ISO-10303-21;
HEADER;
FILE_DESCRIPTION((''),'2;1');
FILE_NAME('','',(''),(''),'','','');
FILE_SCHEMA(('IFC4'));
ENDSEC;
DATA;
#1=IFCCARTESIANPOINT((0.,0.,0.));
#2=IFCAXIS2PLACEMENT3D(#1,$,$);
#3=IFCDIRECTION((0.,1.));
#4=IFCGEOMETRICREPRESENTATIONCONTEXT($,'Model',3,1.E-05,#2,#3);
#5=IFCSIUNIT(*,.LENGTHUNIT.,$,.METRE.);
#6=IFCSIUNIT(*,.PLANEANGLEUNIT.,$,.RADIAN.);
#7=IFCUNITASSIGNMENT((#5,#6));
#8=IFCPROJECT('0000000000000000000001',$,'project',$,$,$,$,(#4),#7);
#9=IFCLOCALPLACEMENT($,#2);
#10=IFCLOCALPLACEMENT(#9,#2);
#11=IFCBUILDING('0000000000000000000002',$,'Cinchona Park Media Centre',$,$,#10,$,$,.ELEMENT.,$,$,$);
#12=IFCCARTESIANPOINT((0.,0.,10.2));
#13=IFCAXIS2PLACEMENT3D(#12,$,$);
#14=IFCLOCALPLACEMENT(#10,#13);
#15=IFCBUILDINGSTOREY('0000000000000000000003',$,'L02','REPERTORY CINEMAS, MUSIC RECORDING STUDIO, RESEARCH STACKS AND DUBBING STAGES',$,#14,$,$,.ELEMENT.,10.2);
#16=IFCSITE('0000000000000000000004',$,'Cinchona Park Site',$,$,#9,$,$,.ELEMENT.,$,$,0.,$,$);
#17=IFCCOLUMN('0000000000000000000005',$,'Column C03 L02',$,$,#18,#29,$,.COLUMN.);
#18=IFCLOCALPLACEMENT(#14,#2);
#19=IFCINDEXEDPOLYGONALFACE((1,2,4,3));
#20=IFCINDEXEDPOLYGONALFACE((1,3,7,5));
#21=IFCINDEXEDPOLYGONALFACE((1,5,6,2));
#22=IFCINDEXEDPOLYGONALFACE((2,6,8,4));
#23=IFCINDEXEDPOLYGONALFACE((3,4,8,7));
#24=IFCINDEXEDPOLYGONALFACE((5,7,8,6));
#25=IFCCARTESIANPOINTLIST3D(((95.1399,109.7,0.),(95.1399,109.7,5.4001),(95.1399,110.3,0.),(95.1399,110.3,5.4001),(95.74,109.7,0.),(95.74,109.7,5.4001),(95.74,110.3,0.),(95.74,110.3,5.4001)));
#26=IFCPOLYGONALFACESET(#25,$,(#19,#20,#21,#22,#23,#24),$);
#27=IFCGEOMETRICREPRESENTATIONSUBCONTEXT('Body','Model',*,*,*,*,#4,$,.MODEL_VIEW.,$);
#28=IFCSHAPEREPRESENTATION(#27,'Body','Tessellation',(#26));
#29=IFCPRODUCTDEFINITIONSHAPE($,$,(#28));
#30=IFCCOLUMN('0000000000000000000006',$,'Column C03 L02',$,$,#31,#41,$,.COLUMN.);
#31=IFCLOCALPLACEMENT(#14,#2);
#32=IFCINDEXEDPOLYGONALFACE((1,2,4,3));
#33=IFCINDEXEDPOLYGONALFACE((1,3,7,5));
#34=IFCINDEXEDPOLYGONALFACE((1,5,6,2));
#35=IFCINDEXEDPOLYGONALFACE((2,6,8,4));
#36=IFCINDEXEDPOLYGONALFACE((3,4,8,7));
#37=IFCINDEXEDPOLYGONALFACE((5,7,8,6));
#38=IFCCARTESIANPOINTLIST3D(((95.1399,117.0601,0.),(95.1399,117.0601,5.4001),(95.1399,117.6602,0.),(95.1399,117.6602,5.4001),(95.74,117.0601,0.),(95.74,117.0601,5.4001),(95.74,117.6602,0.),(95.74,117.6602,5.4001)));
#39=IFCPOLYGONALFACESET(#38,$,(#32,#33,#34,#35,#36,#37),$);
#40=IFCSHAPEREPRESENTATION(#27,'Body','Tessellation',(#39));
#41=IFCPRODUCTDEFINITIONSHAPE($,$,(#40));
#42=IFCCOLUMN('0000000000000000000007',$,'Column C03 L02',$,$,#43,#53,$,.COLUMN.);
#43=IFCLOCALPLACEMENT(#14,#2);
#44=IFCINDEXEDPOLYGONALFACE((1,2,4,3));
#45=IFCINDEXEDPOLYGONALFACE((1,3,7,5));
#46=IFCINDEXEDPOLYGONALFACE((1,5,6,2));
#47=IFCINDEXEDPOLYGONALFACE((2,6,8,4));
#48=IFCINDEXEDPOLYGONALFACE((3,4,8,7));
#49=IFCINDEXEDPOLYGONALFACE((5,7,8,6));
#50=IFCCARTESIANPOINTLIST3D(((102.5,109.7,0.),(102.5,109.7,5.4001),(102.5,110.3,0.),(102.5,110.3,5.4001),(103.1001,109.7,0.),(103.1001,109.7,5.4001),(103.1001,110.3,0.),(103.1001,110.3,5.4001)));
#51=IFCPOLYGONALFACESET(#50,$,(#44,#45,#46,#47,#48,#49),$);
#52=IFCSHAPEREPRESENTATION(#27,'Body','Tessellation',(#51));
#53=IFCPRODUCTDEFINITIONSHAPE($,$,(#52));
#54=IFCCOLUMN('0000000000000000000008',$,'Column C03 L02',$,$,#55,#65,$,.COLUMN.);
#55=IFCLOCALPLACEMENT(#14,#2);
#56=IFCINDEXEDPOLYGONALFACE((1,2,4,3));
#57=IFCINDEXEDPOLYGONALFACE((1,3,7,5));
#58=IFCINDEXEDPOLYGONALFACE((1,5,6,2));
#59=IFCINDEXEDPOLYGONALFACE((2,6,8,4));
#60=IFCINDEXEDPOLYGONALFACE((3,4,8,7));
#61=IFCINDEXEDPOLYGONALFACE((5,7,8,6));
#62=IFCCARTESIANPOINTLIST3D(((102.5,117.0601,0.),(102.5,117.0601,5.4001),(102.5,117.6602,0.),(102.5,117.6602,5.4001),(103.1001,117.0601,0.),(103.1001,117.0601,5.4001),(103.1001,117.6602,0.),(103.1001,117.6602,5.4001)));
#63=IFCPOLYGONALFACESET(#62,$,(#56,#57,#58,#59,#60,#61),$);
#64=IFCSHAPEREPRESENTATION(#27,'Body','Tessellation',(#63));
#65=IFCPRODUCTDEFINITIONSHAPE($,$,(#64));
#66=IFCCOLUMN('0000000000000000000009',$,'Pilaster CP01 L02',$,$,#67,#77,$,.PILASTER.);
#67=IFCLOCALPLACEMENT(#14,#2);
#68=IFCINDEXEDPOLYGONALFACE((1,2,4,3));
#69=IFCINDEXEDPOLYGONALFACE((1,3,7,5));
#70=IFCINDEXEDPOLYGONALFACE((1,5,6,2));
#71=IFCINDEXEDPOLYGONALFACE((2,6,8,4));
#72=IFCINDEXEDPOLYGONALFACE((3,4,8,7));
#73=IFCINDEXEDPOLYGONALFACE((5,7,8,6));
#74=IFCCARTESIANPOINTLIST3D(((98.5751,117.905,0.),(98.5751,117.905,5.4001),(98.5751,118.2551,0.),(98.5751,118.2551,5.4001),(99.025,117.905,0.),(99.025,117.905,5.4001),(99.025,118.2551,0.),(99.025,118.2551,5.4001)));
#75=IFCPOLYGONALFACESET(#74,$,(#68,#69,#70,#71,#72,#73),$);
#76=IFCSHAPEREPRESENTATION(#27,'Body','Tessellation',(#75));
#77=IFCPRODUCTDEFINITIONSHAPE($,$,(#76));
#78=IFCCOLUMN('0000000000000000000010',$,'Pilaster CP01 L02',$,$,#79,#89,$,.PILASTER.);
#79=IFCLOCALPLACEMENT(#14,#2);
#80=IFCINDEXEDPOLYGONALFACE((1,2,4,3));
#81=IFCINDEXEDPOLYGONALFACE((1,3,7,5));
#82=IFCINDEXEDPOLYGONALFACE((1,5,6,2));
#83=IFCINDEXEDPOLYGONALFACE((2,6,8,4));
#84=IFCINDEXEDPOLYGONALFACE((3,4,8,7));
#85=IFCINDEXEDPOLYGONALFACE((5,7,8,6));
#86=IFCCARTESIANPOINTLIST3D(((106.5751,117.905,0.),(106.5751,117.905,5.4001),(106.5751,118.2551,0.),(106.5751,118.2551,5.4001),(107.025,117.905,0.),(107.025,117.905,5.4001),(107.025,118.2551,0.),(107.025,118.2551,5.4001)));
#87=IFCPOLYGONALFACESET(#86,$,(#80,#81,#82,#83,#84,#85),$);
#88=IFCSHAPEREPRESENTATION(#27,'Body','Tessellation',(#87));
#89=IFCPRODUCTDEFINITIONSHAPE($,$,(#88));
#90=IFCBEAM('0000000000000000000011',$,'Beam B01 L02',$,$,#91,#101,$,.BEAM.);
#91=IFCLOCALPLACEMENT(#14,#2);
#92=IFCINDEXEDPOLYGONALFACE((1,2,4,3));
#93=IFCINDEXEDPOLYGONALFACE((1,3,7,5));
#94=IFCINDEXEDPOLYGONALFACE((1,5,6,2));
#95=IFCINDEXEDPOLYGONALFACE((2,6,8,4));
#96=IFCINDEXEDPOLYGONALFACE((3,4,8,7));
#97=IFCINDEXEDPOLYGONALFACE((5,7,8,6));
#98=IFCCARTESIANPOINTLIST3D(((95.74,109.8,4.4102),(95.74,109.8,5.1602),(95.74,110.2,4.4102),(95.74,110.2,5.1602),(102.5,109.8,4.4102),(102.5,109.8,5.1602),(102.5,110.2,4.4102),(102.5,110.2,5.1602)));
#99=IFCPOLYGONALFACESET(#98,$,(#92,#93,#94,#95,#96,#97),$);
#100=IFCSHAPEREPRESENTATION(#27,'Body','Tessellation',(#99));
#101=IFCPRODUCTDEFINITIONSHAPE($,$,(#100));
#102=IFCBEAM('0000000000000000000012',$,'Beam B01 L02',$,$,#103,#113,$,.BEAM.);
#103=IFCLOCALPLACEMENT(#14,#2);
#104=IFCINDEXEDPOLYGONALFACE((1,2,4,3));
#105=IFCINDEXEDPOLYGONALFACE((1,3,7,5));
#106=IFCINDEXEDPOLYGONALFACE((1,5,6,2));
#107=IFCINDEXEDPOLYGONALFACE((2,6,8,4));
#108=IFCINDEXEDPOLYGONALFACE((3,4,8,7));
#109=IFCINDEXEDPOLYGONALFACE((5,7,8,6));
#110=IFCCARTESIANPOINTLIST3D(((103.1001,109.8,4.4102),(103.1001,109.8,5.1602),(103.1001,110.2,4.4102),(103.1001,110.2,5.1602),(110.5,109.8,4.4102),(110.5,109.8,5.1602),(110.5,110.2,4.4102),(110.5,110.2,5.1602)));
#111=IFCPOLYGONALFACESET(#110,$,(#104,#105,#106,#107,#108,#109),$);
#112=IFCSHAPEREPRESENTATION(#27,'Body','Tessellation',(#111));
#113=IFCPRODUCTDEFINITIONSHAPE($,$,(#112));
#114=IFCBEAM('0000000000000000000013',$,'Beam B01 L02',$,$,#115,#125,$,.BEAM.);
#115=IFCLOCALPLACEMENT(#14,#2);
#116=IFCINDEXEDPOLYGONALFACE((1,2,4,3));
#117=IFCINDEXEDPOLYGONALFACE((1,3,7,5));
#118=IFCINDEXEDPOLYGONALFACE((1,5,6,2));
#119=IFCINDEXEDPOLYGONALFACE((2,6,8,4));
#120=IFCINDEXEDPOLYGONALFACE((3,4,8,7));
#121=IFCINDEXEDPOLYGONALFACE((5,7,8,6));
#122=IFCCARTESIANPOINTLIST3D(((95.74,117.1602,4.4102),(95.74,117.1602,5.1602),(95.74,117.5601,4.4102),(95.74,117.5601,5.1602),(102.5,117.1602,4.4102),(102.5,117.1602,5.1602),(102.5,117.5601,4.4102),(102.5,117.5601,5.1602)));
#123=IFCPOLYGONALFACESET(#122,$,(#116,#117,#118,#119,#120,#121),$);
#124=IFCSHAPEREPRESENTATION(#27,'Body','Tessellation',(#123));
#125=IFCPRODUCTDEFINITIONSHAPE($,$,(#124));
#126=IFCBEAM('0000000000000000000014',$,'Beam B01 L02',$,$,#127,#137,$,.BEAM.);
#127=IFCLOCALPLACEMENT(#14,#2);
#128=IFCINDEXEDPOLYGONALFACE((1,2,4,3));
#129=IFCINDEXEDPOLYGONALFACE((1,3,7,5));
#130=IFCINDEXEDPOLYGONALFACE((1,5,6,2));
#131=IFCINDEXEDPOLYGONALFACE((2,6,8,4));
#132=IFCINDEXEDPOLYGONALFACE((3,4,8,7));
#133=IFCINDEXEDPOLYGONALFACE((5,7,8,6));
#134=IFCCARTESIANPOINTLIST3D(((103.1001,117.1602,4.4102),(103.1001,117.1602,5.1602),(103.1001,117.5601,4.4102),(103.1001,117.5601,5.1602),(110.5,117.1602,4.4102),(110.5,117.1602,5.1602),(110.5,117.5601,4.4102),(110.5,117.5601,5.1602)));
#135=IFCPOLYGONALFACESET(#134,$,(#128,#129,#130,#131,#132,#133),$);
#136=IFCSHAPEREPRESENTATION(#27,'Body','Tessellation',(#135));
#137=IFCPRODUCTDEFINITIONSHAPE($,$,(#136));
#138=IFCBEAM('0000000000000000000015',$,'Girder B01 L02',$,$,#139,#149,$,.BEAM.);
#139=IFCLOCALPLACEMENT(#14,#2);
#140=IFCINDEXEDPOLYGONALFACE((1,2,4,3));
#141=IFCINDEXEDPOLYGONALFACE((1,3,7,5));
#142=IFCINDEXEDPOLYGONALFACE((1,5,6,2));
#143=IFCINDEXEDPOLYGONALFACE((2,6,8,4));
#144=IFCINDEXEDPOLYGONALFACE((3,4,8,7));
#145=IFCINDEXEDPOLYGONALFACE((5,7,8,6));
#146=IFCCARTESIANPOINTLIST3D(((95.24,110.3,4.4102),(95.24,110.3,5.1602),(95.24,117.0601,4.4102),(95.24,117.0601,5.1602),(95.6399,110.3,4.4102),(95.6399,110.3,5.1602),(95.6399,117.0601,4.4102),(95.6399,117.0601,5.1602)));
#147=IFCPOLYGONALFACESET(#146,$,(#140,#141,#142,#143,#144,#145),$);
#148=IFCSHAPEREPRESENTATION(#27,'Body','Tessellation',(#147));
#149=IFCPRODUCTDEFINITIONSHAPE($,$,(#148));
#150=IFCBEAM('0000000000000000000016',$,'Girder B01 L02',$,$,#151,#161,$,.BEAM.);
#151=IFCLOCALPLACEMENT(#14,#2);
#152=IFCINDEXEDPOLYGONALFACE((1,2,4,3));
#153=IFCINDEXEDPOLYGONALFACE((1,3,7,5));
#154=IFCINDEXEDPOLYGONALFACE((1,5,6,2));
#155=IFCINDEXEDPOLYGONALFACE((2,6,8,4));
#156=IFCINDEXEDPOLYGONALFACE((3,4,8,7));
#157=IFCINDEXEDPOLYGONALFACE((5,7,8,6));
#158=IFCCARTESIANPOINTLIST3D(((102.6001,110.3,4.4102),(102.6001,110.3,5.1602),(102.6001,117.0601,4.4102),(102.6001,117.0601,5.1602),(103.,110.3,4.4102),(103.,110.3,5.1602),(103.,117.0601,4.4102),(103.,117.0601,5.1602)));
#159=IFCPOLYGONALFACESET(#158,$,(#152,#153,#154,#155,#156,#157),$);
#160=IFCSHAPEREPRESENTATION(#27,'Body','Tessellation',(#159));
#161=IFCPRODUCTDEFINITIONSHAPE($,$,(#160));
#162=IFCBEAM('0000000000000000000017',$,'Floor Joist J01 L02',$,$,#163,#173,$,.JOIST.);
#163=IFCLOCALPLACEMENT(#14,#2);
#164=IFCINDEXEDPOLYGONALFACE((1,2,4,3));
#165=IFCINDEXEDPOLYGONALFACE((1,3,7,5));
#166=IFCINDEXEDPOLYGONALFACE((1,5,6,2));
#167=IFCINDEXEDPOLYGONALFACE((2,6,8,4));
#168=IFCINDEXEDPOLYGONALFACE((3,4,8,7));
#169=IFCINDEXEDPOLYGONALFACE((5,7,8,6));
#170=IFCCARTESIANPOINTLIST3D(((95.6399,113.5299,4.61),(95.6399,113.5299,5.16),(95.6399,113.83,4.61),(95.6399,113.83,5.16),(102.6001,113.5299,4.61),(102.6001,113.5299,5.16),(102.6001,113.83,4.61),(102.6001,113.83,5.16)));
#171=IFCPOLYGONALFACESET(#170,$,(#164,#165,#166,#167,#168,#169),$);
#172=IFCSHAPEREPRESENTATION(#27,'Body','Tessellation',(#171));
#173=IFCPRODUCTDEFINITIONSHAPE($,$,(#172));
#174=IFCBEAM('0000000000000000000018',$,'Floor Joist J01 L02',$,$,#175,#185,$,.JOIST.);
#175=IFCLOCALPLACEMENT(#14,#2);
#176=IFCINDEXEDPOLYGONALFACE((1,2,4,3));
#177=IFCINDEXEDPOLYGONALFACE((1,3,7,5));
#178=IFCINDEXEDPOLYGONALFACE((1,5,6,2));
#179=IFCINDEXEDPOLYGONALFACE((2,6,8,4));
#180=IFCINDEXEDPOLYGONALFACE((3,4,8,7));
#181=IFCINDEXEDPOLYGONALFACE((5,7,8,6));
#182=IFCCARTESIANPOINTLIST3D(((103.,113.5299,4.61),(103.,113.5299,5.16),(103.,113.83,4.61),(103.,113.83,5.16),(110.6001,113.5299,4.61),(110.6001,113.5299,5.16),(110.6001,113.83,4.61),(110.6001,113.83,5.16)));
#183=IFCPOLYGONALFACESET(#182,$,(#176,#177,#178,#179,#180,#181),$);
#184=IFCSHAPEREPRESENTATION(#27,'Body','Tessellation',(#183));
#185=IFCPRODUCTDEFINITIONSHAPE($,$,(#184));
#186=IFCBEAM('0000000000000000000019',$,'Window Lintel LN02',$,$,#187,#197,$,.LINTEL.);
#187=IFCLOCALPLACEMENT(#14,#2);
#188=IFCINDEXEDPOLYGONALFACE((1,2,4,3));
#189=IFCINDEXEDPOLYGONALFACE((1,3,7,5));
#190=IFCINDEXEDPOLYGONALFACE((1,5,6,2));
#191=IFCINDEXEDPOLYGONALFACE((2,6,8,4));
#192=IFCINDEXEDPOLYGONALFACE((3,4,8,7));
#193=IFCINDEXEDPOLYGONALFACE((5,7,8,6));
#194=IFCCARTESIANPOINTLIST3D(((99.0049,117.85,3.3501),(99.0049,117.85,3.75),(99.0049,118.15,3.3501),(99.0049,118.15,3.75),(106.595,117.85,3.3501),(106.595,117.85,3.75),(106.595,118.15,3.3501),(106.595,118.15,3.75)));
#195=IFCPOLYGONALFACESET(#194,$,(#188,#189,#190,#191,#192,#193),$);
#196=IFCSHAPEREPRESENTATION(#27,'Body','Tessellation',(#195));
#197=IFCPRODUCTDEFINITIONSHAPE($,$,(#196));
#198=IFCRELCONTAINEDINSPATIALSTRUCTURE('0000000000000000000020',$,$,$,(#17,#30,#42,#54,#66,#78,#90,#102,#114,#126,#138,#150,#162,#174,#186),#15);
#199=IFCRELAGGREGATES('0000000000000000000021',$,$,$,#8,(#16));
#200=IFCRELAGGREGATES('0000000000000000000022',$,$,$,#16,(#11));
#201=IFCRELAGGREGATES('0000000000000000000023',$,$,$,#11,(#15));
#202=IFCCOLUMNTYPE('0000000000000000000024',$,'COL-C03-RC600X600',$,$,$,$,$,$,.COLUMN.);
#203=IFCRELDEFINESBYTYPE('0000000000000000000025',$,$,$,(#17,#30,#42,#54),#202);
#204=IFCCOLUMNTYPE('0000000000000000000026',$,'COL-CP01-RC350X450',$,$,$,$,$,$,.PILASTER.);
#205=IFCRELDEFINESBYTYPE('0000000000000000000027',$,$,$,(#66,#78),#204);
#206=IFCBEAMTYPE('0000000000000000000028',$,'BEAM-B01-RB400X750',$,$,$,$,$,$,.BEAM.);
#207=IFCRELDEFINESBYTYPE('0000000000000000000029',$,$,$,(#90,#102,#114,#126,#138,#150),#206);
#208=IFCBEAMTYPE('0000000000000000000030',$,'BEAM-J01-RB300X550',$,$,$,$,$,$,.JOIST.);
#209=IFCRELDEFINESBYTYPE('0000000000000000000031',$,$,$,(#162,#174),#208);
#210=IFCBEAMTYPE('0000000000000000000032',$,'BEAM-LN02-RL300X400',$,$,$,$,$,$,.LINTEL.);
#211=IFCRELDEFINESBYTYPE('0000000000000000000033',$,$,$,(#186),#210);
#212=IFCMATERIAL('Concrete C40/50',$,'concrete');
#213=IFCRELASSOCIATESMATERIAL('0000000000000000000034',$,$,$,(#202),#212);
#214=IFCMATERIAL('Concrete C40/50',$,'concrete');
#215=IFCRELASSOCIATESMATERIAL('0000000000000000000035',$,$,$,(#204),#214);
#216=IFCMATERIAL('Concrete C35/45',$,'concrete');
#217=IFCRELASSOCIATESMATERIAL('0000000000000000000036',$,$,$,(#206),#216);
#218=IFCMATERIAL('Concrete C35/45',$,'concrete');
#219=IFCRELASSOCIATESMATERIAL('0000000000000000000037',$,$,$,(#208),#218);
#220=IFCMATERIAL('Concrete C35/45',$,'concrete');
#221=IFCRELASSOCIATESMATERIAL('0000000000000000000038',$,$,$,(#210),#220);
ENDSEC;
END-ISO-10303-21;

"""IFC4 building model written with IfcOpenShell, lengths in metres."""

from ifc_helpers import new_model, si_unit, direction, frame, origin, origin_2d, place, context, subcontext, project, spatial, rectangle, extrude, material, material_profile, profile_set, type_object, element, save


model = new_model("IFC4")

# Units and contexts
model_context = context("Model", 3, precision=1e-05, world=origin(), true_north=direction((0.0, 1.0)))
body_context = subcontext(model_context, "Body", "Model", "MODEL_VIEW")
ifc_project = project(units=[si_unit("LENGTHUNIT", "METRE"), si_unit("PLANEANGLEUNIT", "RADIAN")], contexts=[model_context])

# Site, building, storey
site_placement = place(None, origin())
site = spatial("IfcSite", under=ifc_project, at=site_placement, Name="Cinchona Park Site", CompositionType="ELEMENT", RefElevation=0.0)
building_placement = place(site_placement, origin())
building = spatial("IfcBuilding", under=site, at=building_placement, Name="Cinchona Park Media Centre", CompositionType="ELEMENT")
storey_placement = place(building_placement, frame((0.0, 0.0, 10.2)))
storey = spatial("IfcBuildingStorey", under=building, at=storey_placement, Name="L02", Description="REPERTORY CINEMAS, MUSIC RECORDING STUDIO, RESEARCH STACKS AND DUBBING STAGES", CompositionType="ELEMENT", Elevation=10.2)

# Columns
ifc_material_1 = material(Name="Concrete C40/50", Category="concrete")
ifc_material_profile_1 = material_profile(ifc_material_1, rectangle(XDim=0.6001, YDim=0.6001, at=origin_2d()), Name="RC 600X600")
ifc_profile_set_1 = profile_set([ifc_material_profile_1], Name="Concrete C40/50")
column_type_1 = type_object("IfcColumnType", Name="COL-C03-RC600X600", PredefinedType="COLUMN", material=ifc_profile_set_1)
for number, where, z_axis, x_axis, name in (
    (1, (95.4399, 110.0, 0.0), (0.0, 0.0, 1.0), (1.0, 0.0, 0.0), "Column C03 L02"),
    (2, (95.4399, 117.3601, 0.0), (0.0, 0.0, 1.0), (1.0, 0.0, 0.0), "Column C03 L02"),
    (3, (102.8, 110.0, 0.0), (0.0, 0.0, 1.0), (1.0, 0.0, 0.0), "Column C03 L02"),
    (4, (102.8, 117.3601, 0.0), (0.0, 0.0, 1.0), (1.0, 0.0, 0.0), "Column C03 L02"),
):
    element("IfcColumn", number, at=place(storey_placement, frame(where, z_axis=z_axis, x_axis=x_axis)), inside=storey, type_object=column_type_1, Name=name, PredefinedType="COLUMN", context=body_context, shape_type="SweptSolid", body=[
        extrude(rectangle(XDim=0.6001, YDim=0.6001, at=origin_2d()), origin(), (0.0, 0.0, 1.0), 5.4001),
    ])
ifc_material_2 = material(Name="Concrete C40/50", Category="concrete")
ifc_material_profile_2 = material_profile(ifc_material_2, rectangle(XDim=0.3501, YDim=0.45, at=origin_2d()), Name="RC 350X450")
ifc_profile_set_2 = profile_set([ifc_material_profile_2], Name="Concrete C40/50")
column_type_2 = type_object("IfcColumnType", Name="COL-CP01-RC350X450", PredefinedType="PILASTER", material=ifc_profile_set_2)
for number, where, z_axis, x_axis, name in (
    (5, (98.8, 118.0801, 0.0), (0.0, 0.0, 1.0), (0.0, 1.0, 0.0), "Pilaster CP01 L02"),
    (6, (106.8, 118.0801, 0.0), (0.0, 0.0, 1.0), (0.0, 1.0, 0.0), "Pilaster CP01 L02"),
):
    element("IfcColumn", number, at=place(storey_placement, frame(where, z_axis=z_axis, x_axis=x_axis)), inside=storey, type_object=column_type_2, Name=name, PredefinedType="PILASTER", context=body_context, shape_type="SweptSolid", body=[
        extrude(rectangle(XDim=0.3501, YDim=0.45, at=origin_2d()), origin(), (0.0, 0.0, 1.0), 5.4001),
    ])

# Beams
ifc_material_3 = material(Name="Concrete C35/45", Category="concrete")
ifc_material_profile_3 = material_profile(ifc_material_3, rectangle(XDim=0.3999, YDim=0.75, at=origin_2d()), Name="RB 400X750")
ifc_profile_set_3 = profile_set([ifc_material_profile_3], Name="Concrete C35/45")
beam_type_1 = type_object("IfcBeamType", Name="BEAM-B01-RB400X750", PredefinedType="BEAM", material=ifc_profile_set_3)
beam_1_placement = place(storey_placement, frame((95.74, 110.0, 4.7852), z_axis=(1.0, 0.0, 0.0), x_axis=(0.0, 1.0, 0.0)))
element("IfcBeam", 7, at=beam_1_placement, inside=storey, type_object=beam_type_1, Name="Beam B01 L02", PredefinedType="BEAM", context=body_context, shape_type="SweptSolid", body=[
    extrude(rectangle(XDim=0.3999, YDim=0.75, at=origin_2d()), origin(), (0.0, 0.0, 1.0), 6.76),
])
beam_2_placement = place(storey_placement, frame((103.1001, 110.0, 4.7852), z_axis=(1.0, 0.0, 0.0), x_axis=(0.0, 1.0, 0.0)))
element("IfcBeam", 8, at=beam_2_placement, inside=storey, type_object=beam_type_1, Name="Beam B01 L02", PredefinedType="BEAM", context=body_context, shape_type="SweptSolid", body=[
    extrude(rectangle(XDim=0.3999, YDim=0.75, at=origin_2d()), origin(), (0.0, 0.0, 1.0), 7.3999),
])
beam_3_placement = place(storey_placement, frame((95.74, 117.3601, 4.7852), z_axis=(1.0, 0.0, 0.0), x_axis=(0.0, 1.0, 0.0)))
element("IfcBeam", 9, at=beam_3_placement, inside=storey, type_object=beam_type_1, Name="Beam B01 L02", PredefinedType="BEAM", context=body_context, shape_type="SweptSolid", body=[
    extrude(rectangle(XDim=0.3999, YDim=0.75, at=origin_2d()), origin(), (0.0, 0.0, 1.0), 6.76),
])
beam_4_placement = place(storey_placement, frame((103.1001, 117.3601, 4.7852), z_axis=(1.0, 0.0, 0.0), x_axis=(0.0, 1.0, 0.0)))
element("IfcBeam", 10, at=beam_4_placement, inside=storey, type_object=beam_type_1, Name="Beam B01 L02", PredefinedType="BEAM", context=body_context, shape_type="SweptSolid", body=[
    extrude(rectangle(XDim=0.3999, YDim=0.75, at=origin_2d()), origin(), (0.0, 0.0, 1.0), 7.3999),
])
for number, where, z_axis, x_axis, name in (
    (11, (95.4399, 110.3, 4.7852), (0.0, 1.0, 0.0), (-1.0, 0.0, 0.0), "Girder B01 L02"),
    (12, (102.8, 110.3, 4.7852), (0.0, 1.0, 0.0), (-1.0, 0.0, 0.0), "Girder B01 L02"),
):
    element("IfcBeam", number, at=place(storey_placement, frame(where, z_axis=z_axis, x_axis=x_axis)), inside=storey, type_object=beam_type_1, Name=name, PredefinedType="BEAM", context=body_context, shape_type="SweptSolid", body=[
        extrude(rectangle(XDim=0.3999, YDim=0.75, at=origin_2d()), origin(), (0.0, 0.0, 1.0), 6.76),
    ])
ifc_material_4 = material(Name="Concrete C35/45", Category="concrete")
ifc_material_profile_4 = material_profile(ifc_material_4, rectangle(XDim=0.3, YDim=0.55, at=origin_2d()), Name="RB 300X550")
ifc_profile_set_4 = profile_set([ifc_material_profile_4], Name="Concrete C35/45")
beam_type_2 = type_object("IfcBeamType", Name="BEAM-J01-RB300X550", PredefinedType="JOIST", material=ifc_profile_set_4)
beam_5_placement = place(storey_placement, frame((95.6399, 113.6799, 4.885), z_axis=(1.0, 0.0, 0.0), x_axis=(0.0, 1.0, 0.0)))
element("IfcBeam", 13, at=beam_5_placement, inside=storey, type_object=beam_type_2, Name="Floor Joist J01 L02", PredefinedType="JOIST", context=body_context, shape_type="SweptSolid", body=[
    extrude(rectangle(XDim=0.3, YDim=0.55, at=origin_2d()), origin(), (0.0, 0.0, 1.0), 6.9602),
])
beam_6_placement = place(storey_placement, frame((103.0, 113.6799, 4.885), z_axis=(1.0, 0.0, 0.0), x_axis=(0.0, 1.0, 0.0)))
element("IfcBeam", 14, at=beam_6_placement, inside=storey, type_object=beam_type_2, Name="Floor Joist J01 L02", PredefinedType="JOIST", context=body_context, shape_type="SweptSolid", body=[
    extrude(rectangle(XDim=0.3, YDim=0.55, at=origin_2d()), origin(), (0.0, 0.0, 1.0), 7.6001),
])
ifc_material_5 = material(Name="Concrete C35/45", Category="concrete")
ifc_material_profile_5 = material_profile(ifc_material_5, rectangle(XDim=0.3, YDim=0.3999, at=origin_2d()), Name="RL 300X400")
ifc_profile_set_5 = profile_set([ifc_material_profile_5], Name="Concrete C35/45")
beam_type_3 = type_object("IfcBeamType", Name="BEAM-LN02-RL300X400", PredefinedType="LINTEL", material=ifc_profile_set_5)
for number, where, z_axis, x_axis, name in (
    (15, (99.0049, 118.0, 3.55), (1.0, 0.0, 0.0), (0.0, 1.0, 0.0), "Window Lintel LN02"),
):
    element("IfcBeam", number, at=place(storey_placement, frame(where, z_axis=z_axis, x_axis=x_axis)), inside=storey, type_object=beam_type_3, Name=name, PredefinedType="LINTEL", context=body_context, shape_type="SweptSolid", body=[
        extrude(rectangle(XDim=0.3, YDim=0.3999, at=origin_2d()), origin(), (0.0, 0.0, 1.0), 7.5901),
    ])

save(model, "model.ifc")
